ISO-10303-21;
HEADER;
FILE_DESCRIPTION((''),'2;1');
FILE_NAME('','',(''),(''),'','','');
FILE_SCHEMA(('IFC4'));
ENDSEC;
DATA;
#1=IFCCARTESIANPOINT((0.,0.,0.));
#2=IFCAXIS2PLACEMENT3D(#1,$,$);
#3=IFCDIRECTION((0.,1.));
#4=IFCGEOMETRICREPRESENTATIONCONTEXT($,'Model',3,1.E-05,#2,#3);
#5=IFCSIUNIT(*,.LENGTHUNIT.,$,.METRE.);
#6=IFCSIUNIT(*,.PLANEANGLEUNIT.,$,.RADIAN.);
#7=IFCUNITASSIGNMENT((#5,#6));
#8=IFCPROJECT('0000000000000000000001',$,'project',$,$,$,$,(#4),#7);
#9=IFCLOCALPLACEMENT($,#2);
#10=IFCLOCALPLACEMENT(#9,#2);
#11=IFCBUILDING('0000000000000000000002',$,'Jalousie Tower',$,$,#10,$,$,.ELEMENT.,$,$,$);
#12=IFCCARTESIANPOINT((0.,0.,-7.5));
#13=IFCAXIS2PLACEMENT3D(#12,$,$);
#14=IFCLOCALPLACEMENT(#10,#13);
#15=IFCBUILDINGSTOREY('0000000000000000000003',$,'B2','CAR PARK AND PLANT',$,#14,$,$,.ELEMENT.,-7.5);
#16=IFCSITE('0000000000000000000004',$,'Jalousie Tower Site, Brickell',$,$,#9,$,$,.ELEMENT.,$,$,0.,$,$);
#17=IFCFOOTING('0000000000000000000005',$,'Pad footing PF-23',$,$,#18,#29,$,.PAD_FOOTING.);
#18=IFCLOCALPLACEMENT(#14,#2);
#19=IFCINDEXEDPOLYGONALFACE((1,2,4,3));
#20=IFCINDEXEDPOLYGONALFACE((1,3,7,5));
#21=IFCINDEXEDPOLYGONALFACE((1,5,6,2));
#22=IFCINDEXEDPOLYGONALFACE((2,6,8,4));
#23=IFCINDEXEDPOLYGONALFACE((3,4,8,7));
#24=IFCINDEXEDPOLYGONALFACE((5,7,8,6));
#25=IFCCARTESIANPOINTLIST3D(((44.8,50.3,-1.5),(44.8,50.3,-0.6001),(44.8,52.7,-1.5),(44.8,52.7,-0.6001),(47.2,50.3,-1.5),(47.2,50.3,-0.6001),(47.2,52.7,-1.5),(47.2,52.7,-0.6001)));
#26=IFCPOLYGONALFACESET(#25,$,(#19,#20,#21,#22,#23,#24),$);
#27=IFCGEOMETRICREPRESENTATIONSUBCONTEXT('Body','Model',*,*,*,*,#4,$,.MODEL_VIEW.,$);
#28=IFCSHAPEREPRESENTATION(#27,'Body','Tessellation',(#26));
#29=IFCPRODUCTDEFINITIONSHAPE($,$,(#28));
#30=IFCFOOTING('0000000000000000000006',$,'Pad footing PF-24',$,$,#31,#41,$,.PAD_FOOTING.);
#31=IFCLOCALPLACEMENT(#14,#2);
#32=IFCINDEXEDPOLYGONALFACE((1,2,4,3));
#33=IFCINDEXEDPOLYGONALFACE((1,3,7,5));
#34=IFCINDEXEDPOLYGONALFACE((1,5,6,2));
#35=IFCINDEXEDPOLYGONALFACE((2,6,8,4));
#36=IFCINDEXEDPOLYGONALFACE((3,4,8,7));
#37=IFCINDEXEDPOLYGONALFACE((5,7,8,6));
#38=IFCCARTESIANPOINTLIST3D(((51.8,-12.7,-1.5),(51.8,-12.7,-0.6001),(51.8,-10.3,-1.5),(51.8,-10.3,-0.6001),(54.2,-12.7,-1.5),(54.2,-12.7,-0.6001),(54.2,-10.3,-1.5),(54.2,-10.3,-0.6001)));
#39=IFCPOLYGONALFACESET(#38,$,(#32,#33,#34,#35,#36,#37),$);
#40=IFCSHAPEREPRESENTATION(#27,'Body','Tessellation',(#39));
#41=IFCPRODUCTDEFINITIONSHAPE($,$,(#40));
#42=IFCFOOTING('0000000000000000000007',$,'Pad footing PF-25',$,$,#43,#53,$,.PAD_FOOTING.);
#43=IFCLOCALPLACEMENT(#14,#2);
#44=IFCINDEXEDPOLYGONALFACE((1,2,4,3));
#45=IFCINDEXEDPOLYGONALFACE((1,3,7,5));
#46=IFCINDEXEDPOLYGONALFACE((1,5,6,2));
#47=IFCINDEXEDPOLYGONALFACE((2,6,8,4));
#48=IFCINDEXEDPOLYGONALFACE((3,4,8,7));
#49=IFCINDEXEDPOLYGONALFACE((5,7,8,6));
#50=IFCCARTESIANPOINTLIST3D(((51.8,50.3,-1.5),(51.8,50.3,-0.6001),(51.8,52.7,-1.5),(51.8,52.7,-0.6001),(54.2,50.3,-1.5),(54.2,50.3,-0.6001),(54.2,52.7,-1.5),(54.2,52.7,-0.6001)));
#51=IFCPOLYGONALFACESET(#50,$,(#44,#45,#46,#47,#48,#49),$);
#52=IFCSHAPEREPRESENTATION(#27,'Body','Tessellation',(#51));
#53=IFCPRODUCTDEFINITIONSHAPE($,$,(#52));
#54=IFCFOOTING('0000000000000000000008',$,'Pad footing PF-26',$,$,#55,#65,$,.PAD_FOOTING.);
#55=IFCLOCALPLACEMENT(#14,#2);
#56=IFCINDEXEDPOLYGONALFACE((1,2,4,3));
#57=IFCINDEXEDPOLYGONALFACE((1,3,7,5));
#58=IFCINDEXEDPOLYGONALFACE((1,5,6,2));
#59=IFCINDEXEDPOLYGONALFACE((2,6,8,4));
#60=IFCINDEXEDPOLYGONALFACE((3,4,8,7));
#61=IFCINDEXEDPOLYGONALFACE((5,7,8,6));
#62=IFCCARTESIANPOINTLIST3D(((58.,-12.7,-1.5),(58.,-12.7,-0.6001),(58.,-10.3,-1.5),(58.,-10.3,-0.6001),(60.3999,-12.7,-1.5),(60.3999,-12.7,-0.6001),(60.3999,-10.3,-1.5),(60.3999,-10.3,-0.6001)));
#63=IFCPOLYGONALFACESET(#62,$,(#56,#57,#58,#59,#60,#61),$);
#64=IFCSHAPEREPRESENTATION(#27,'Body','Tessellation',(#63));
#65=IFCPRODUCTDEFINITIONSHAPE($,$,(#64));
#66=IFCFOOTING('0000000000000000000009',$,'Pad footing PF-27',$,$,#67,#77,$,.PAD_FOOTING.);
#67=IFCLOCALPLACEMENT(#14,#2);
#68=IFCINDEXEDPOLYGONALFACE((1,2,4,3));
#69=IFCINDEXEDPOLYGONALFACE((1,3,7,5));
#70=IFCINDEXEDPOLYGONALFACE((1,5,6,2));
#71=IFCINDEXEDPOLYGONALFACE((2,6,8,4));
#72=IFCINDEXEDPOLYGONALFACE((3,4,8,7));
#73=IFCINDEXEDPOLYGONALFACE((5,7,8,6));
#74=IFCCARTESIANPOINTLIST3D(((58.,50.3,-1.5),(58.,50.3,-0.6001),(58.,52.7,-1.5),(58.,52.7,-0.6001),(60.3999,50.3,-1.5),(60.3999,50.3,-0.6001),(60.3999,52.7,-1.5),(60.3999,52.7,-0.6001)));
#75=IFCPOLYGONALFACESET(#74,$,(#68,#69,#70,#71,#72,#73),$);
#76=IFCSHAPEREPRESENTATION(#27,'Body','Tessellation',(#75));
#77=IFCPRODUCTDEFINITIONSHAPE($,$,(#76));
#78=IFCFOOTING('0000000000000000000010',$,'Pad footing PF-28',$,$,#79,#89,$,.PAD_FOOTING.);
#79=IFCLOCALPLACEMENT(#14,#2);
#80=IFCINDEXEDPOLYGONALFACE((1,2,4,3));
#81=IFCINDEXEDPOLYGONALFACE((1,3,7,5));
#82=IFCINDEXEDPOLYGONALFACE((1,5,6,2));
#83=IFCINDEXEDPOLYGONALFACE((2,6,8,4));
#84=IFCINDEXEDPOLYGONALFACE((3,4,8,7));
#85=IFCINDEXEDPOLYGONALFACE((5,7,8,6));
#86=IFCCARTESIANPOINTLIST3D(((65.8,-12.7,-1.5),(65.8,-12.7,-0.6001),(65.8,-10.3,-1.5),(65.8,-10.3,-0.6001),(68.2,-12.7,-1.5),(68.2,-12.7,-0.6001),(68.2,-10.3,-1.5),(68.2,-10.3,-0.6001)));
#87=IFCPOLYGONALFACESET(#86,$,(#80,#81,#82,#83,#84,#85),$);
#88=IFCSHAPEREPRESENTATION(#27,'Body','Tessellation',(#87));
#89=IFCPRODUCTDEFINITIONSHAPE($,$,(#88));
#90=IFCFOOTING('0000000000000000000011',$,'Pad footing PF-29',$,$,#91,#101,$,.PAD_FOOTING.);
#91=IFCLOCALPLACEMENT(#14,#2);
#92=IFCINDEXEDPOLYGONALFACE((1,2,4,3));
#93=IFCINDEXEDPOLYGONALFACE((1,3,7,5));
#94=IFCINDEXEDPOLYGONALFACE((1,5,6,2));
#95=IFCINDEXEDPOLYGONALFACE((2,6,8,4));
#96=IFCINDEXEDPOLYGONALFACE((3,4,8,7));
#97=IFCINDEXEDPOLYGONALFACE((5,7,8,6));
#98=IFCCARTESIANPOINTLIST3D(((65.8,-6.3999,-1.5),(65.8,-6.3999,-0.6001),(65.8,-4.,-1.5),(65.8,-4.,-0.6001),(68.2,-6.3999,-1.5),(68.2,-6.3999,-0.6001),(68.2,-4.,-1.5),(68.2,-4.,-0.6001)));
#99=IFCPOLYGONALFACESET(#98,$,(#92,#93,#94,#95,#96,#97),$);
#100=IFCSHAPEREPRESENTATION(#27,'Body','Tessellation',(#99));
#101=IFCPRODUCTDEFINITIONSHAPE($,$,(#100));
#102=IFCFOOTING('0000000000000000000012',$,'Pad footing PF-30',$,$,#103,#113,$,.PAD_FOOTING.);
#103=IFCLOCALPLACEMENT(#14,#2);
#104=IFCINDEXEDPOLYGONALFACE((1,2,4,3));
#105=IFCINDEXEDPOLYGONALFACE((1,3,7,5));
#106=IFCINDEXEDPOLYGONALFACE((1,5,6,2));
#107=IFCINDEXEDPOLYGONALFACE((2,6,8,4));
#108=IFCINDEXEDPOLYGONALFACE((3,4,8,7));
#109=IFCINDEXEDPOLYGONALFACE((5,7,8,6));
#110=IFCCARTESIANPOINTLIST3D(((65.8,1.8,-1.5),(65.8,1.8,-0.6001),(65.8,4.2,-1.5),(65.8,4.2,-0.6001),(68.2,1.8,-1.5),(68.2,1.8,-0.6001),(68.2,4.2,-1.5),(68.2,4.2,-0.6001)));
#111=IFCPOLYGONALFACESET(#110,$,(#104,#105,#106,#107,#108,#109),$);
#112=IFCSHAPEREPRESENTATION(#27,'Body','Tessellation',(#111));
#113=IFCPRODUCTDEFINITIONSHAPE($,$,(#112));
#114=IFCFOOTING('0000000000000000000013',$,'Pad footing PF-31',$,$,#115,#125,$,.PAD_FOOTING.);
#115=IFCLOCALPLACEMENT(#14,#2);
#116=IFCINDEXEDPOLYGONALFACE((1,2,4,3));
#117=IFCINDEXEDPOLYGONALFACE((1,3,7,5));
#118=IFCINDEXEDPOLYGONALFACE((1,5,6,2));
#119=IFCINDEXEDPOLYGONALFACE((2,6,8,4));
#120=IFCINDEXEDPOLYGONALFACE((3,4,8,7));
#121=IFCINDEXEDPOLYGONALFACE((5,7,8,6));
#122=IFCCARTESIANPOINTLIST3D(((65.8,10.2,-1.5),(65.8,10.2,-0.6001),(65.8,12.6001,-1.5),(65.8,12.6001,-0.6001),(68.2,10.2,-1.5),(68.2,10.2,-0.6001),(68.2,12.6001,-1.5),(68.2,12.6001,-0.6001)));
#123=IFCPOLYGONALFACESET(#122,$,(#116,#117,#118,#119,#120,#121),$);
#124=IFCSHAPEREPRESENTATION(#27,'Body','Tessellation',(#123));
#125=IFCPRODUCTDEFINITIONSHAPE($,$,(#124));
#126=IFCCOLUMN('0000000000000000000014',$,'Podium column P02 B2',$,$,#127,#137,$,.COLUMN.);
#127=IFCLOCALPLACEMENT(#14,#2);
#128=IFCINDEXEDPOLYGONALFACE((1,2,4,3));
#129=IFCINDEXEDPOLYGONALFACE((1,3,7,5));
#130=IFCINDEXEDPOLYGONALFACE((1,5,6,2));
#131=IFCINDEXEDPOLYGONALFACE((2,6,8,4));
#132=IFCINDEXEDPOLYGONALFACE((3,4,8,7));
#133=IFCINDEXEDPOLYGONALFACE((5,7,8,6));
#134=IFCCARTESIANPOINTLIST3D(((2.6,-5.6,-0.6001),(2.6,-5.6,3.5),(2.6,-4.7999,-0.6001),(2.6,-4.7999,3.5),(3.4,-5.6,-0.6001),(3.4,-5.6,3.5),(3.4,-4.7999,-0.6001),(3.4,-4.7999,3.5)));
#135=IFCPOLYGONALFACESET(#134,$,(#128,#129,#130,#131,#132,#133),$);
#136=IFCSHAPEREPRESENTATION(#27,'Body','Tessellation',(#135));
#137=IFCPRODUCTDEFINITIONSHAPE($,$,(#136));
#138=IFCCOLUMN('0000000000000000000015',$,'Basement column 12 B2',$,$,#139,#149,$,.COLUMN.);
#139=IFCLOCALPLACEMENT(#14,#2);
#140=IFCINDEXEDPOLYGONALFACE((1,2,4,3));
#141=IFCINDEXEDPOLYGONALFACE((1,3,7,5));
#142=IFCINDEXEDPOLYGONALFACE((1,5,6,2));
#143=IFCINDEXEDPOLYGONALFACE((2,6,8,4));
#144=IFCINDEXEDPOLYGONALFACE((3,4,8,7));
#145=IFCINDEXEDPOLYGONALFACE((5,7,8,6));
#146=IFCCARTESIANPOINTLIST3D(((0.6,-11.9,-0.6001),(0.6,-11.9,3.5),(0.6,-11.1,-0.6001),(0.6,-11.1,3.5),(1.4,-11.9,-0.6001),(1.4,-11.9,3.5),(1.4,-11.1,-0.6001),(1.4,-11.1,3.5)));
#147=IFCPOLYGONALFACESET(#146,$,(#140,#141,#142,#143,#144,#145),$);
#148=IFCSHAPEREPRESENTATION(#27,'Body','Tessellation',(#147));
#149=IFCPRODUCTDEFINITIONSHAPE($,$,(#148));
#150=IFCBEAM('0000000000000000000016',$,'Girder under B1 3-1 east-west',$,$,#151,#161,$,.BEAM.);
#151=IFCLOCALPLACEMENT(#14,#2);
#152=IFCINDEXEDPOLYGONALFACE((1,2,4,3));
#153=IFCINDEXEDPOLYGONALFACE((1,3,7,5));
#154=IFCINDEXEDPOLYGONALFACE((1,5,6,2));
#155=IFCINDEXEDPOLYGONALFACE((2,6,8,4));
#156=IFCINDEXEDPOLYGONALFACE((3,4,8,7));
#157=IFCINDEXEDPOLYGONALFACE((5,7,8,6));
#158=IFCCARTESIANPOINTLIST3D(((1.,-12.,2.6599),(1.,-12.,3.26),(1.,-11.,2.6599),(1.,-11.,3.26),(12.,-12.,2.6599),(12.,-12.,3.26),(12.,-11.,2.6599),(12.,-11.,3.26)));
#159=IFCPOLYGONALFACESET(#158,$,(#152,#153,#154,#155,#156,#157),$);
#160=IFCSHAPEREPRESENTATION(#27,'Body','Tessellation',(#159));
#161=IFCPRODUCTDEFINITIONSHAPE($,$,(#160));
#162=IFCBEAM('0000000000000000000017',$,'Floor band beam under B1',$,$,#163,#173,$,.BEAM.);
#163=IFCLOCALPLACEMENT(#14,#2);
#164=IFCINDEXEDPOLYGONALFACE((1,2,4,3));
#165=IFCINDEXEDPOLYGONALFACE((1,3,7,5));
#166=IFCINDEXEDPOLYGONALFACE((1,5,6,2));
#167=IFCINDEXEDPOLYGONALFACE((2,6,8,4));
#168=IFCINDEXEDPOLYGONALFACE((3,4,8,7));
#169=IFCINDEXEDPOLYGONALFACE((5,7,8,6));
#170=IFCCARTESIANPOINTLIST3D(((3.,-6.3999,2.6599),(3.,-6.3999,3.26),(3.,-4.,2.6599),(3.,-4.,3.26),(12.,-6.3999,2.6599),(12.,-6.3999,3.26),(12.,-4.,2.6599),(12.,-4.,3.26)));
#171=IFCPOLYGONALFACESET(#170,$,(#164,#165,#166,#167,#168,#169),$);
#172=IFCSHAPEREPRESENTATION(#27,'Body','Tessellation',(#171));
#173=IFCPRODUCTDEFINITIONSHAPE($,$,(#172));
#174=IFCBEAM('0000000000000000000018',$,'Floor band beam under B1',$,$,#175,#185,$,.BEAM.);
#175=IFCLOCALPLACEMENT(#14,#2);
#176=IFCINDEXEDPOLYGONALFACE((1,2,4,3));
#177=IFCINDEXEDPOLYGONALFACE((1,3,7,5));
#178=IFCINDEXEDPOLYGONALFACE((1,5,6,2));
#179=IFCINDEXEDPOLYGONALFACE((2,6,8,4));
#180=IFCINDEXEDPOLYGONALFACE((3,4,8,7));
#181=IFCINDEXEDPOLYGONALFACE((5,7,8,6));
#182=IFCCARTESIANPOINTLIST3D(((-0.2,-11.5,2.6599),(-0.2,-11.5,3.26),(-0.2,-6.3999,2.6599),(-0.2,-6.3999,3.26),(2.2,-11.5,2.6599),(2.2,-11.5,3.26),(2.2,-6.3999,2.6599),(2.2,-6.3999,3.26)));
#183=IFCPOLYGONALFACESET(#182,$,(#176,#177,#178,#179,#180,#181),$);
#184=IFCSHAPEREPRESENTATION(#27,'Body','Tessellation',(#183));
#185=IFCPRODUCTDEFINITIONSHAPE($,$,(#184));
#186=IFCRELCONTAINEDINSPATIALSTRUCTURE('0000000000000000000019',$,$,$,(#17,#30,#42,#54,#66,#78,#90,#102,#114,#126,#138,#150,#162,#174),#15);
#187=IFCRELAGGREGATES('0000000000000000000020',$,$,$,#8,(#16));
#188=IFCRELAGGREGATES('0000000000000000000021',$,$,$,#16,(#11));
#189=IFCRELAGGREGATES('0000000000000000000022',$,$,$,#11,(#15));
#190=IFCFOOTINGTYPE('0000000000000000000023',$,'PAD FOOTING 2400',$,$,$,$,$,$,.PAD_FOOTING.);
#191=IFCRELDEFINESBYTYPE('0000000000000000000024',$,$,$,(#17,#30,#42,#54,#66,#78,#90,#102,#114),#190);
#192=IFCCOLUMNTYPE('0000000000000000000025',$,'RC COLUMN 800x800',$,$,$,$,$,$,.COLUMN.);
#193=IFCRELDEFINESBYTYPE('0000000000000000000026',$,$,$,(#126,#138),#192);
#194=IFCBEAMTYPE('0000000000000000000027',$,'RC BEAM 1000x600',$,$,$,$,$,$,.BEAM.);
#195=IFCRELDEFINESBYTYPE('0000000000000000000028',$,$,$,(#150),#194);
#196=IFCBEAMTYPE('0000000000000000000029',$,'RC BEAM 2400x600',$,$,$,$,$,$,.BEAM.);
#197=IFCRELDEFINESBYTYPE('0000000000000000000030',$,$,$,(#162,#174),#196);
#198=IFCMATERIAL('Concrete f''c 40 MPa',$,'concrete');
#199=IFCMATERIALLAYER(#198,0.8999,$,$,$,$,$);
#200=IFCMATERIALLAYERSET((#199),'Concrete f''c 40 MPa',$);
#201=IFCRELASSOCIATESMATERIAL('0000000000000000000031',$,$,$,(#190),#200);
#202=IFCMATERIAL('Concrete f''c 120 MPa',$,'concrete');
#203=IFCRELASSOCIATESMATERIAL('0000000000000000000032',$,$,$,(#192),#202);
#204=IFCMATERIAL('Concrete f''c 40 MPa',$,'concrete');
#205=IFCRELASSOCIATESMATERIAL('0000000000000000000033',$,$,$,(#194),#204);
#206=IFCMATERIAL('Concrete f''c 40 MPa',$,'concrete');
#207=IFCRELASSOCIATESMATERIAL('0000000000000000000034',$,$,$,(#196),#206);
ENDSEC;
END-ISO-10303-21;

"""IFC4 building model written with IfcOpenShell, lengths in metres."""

from ifc_helpers import new_model, si_unit, direction, frame, origin, origin_2d, place, context, subcontext, project, spatial, polyline, rectangle, outline, extrude, material, layer, layer_set, material_profile, profile_set, type_object, element, save


model = new_model("IFC4")

# Units and contexts
model_context = context("Model", 3, precision=1e-05, world=origin(), true_north=direction((0.0, 1.0)))
body_context = subcontext(model_context, "Body", "Model", "MODEL_VIEW")
ifc_project = project(units=[si_unit("LENGTHUNIT", "METRE"), si_unit("PLANEANGLEUNIT", "RADIAN")], contexts=[model_context])

# Site, building, storey
site_placement = place(None, origin())
site = spatial("IfcSite", under=ifc_project, at=site_placement, Name="Jalousie Tower Site, Brickell", CompositionType="ELEMENT", RefElevation=0.0)
building_placement = place(site_placement, origin())
building = spatial("IfcBuilding", under=site, at=building_placement, Name="Jalousie Tower", CompositionType="ELEMENT")
storey_placement = place(building_placement, frame((0.0, 0.0, -7.5)))
storey = spatial("IfcBuildingStorey", under=building, at=storey_placement, Name="B2", Description="CAR PARK AND PLANT", CompositionType="ELEMENT", Elevation=-7.5)

# Footings
ifc_material_1 = material(Name="Concrete f'c 40 MPa", Category="concrete")
ifc_layer = layer(ifc_material_1, 0.8999)
ifc_layer_set = layer_set([ifc_layer], Name="Concrete f'c 40 MPa")
footing_type = type_object("IfcFootingType", Name="PAD FOOTING 2400", PredefinedType="PAD_FOOTING", material=ifc_layer_set)
footing_1_placement = place(storey_placement, frame((0.0, 0.0, -1.5)))
element("IfcFooting", 1, at=footing_1_placement, inside=storey, type_object=footing_type, Name="Pad footing PF-23", PredefinedType="PAD_FOOTING", context=body_context, shape_type="SweptSolid", body=[
    extrude(outline(polyline([(44.8, 50.3), (47.2, 50.3), (47.2, 52.7), (44.8, 52.7), (44.8, 50.3)])), origin(), (0.0, 0.0, 1.0), 0.8999),
])
footing_2_placement = place(storey_placement, frame((0.0, 0.0, -1.5)))
element("IfcFooting", 2, at=footing_2_placement, inside=storey, type_object=footing_type, Name="Pad footing PF-24", PredefinedType="PAD_FOOTING", context=body_context, shape_type="SweptSolid", body=[
    extrude(outline(polyline([(51.8, -12.7), (54.2, -12.7), (54.2, -10.3), (51.8, -10.3), (51.8, -12.7)])), origin(), (0.0, 0.0, 1.0), 0.8999),
])
footing_3_placement = place(storey_placement, frame((0.0, 0.0, -1.5)))
element("IfcFooting", 3, at=footing_3_placement, inside=storey, type_object=footing_type, Name="Pad footing PF-25", PredefinedType="PAD_FOOTING", context=body_context, shape_type="SweptSolid", body=[
    extrude(outline(polyline([(51.8, 50.3), (54.2, 50.3), (54.2, 52.7), (51.8, 52.7), (51.8, 50.3)])), origin(), (0.0, 0.0, 1.0), 0.8999),
])
footing_4_placement = place(storey_placement, frame((0.0, 0.0, -1.5)))
element("IfcFooting", 4, at=footing_4_placement, inside=storey, type_object=footing_type, Name="Pad footing PF-26", PredefinedType="PAD_FOOTING", context=body_context, shape_type="SweptSolid", body=[
    extrude(outline(polyline([(58.0, -12.7), (60.3999, -12.7), (60.3999, -10.3), (58.0, -10.3), (58.0, -12.7)])), origin(), (0.0, 0.0, 1.0), 0.8999),
])
footing_5_placement = place(storey_placement, frame((0.0, 0.0, -1.5)))
element("IfcFooting", 5, at=footing_5_placement, inside=storey, type_object=footing_type, Name="Pad footing PF-27", PredefinedType="PAD_FOOTING", context=body_context, shape_type="SweptSolid", body=[
    extrude(outline(polyline([(58.0, 50.3), (60.3999, 50.3), (60.3999, 52.7), (58.0, 52.7), (58.0, 50.3)])), origin(), (0.0, 0.0, 1.0), 0.8999),
])
footing_6_placement = place(storey_placement, frame((0.0, 0.0, -1.5)))
element("IfcFooting", 6, at=footing_6_placement, inside=storey, type_object=footing_type, Name="Pad footing PF-28", PredefinedType="PAD_FOOTING", context=body_context, shape_type="SweptSolid", body=[
    extrude(outline(polyline([(65.8, -12.7), (68.2, -12.7), (68.2, -10.3), (65.8, -10.3), (65.8, -12.7)])), origin(), (0.0, 0.0, 1.0), 0.8999),
])
footing_7_placement = place(storey_placement, frame((0.0, 0.0, -1.5)))
element("IfcFooting", 7, at=footing_7_placement, inside=storey, type_object=footing_type, Name="Pad footing PF-29", PredefinedType="PAD_FOOTING", context=body_context, shape_type="SweptSolid", body=[
    extrude(outline(polyline([(65.8, -6.3999), (68.2, -6.3999), (68.2, -4.0), (65.8, -4.0), (65.8, -6.3999)])), origin(), (0.0, 0.0, 1.0), 0.8999),
])
footing_8_placement = place(storey_placement, frame((0.0, 0.0, -1.5)))
element("IfcFooting", 8, at=footing_8_placement, inside=storey, type_object=footing_type, Name="Pad footing PF-30", PredefinedType="PAD_FOOTING", context=body_context, shape_type="SweptSolid", body=[
    extrude(outline(polyline([(65.8, 1.8), (68.2, 1.8), (68.2, 4.2), (65.8, 4.2), (65.8, 1.8)])), origin(), (0.0, 0.0, 1.0), 0.8999),
])
footing_9_placement = place(storey_placement, frame((0.0, 0.0, -1.5)))
element("IfcFooting", 9, at=footing_9_placement, inside=storey, type_object=footing_type, Name="Pad footing PF-31", PredefinedType="PAD_FOOTING", context=body_context, shape_type="SweptSolid", body=[
    extrude(outline(polyline([(65.8, 10.2), (68.2, 10.2), (68.2, 12.6001), (65.8, 12.6001), (65.8, 10.2)])), origin(), (0.0, 0.0, 1.0), 0.8999),
])

# Columns
ifc_material_2 = material(Name="Concrete f'c 120 MPa", Category="concrete")
ifc_material_profile_1 = material_profile(ifc_material_2, rectangle(XDim=0.8, YDim=0.8, at=origin_2d()), Name="RC 800x800")
ifc_profile_set_1 = profile_set([ifc_material_profile_1], Name="Concrete f'c 120 MPa")
column_type = type_object("IfcColumnType", Name="RC COLUMN 800x800", PredefinedType="COLUMN", material=ifc_profile_set_1)
for number, where, z_axis, x_axis, name in (
    (10, (3.0, -5.2, -0.6001), (0.0, 0.0, 1.0), (1.0, 0.0, 0.0), "Podium column P02 B2"),
    (11, (1.0, -11.5, -0.6001), (0.0, 0.0, 1.0), (1.0, 0.0, 0.0), "Basement column 12 B2"),
):
    element("IfcColumn", number, at=place(storey_placement, frame(where, z_axis=z_axis, x_axis=x_axis)), inside=storey, type_object=column_type, Name=name, PredefinedType="COLUMN", context=body_context, shape_type="SweptSolid", body=[
        extrude(rectangle(XDim=0.8, YDim=0.8, at=origin_2d()), origin(), (0.0, 0.0, 1.0), 4.1001),
    ])

# Beams
ifc_material_3 = material(Name="Concrete f'c 40 MPa", Category="concrete")
ifc_material_profile_2 = material_profile(ifc_material_3, rectangle(XDim=1.0, YDim=0.6001, at=origin_2d()), Name="RC 1000x600")
ifc_profile_set_2 = profile_set([ifc_material_profile_2], Name="Concrete f'c 40 MPa")
beam_type_1 = type_object("IfcBeamType", Name="RC BEAM 1000x600", PredefinedType="BEAM", material=ifc_profile_set_2)
beam_1_placement = place(storey_placement, frame((1.0, -11.5, 2.96), z_axis=(1.0, 0.0, 0.0), x_axis=(0.0, 1.0, 0.0)))
element("IfcBeam", 12, at=beam_1_placement, inside=storey, type_object=beam_type_1, Name="Girder under B1 3-1 east-west", PredefinedType="BEAM", context=body_context, shape_type="SweptSolid", body=[
    extrude(rectangle(XDim=1.0, YDim=0.6001, at=origin_2d()), origin(), (0.0, 0.0, 1.0), 11.0),
])
ifc_material_4 = material(Name="Concrete f'c 40 MPa", Category="concrete")
ifc_material_profile_3 = material_profile(ifc_material_4, rectangle(XDim=2.3999, YDim=0.6001, at=origin_2d()), Name="RC 2400x600")
ifc_profile_set_3 = profile_set([ifc_material_profile_3], Name="Concrete f'c 40 MPa")
beam_type_2 = type_object("IfcBeamType", Name="RC BEAM 2400x600", PredefinedType="BEAM", material=ifc_profile_set_3)
beam_2_placement = place(storey_placement, frame((3.0, -5.2, 2.96), z_axis=(1.0, 0.0, 0.0), x_axis=(0.0, 1.0, 0.0)))
element("IfcBeam", 13, at=beam_2_placement, inside=storey, type_object=beam_type_2, Name="Floor band beam under B1", PredefinedType="BEAM", context=body_context, shape_type="SweptSolid", body=[
    extrude(rectangle(XDim=2.3999, YDim=0.6001, at=origin_2d()), origin(), (0.0, 0.0, 1.0), 9.0),
])
beam_3_placement = place(storey_placement, frame((1.0, -11.5, 2.96), z_axis=(0.0, 1.0, 0.0), x_axis=(-1.0, 0.0, 0.0)))
element("IfcBeam", 14, at=beam_3_placement, inside=storey, type_object=beam_type_2, Name="Floor band beam under B1", PredefinedType="BEAM", context=body_context, shape_type="SweptSolid", body=[
    extrude(rectangle(XDim=2.3999, YDim=0.6001, at=origin_2d()), origin(), (0.0, 0.0, 1.0), 5.1001),
])

save(model, "model.ifc")
